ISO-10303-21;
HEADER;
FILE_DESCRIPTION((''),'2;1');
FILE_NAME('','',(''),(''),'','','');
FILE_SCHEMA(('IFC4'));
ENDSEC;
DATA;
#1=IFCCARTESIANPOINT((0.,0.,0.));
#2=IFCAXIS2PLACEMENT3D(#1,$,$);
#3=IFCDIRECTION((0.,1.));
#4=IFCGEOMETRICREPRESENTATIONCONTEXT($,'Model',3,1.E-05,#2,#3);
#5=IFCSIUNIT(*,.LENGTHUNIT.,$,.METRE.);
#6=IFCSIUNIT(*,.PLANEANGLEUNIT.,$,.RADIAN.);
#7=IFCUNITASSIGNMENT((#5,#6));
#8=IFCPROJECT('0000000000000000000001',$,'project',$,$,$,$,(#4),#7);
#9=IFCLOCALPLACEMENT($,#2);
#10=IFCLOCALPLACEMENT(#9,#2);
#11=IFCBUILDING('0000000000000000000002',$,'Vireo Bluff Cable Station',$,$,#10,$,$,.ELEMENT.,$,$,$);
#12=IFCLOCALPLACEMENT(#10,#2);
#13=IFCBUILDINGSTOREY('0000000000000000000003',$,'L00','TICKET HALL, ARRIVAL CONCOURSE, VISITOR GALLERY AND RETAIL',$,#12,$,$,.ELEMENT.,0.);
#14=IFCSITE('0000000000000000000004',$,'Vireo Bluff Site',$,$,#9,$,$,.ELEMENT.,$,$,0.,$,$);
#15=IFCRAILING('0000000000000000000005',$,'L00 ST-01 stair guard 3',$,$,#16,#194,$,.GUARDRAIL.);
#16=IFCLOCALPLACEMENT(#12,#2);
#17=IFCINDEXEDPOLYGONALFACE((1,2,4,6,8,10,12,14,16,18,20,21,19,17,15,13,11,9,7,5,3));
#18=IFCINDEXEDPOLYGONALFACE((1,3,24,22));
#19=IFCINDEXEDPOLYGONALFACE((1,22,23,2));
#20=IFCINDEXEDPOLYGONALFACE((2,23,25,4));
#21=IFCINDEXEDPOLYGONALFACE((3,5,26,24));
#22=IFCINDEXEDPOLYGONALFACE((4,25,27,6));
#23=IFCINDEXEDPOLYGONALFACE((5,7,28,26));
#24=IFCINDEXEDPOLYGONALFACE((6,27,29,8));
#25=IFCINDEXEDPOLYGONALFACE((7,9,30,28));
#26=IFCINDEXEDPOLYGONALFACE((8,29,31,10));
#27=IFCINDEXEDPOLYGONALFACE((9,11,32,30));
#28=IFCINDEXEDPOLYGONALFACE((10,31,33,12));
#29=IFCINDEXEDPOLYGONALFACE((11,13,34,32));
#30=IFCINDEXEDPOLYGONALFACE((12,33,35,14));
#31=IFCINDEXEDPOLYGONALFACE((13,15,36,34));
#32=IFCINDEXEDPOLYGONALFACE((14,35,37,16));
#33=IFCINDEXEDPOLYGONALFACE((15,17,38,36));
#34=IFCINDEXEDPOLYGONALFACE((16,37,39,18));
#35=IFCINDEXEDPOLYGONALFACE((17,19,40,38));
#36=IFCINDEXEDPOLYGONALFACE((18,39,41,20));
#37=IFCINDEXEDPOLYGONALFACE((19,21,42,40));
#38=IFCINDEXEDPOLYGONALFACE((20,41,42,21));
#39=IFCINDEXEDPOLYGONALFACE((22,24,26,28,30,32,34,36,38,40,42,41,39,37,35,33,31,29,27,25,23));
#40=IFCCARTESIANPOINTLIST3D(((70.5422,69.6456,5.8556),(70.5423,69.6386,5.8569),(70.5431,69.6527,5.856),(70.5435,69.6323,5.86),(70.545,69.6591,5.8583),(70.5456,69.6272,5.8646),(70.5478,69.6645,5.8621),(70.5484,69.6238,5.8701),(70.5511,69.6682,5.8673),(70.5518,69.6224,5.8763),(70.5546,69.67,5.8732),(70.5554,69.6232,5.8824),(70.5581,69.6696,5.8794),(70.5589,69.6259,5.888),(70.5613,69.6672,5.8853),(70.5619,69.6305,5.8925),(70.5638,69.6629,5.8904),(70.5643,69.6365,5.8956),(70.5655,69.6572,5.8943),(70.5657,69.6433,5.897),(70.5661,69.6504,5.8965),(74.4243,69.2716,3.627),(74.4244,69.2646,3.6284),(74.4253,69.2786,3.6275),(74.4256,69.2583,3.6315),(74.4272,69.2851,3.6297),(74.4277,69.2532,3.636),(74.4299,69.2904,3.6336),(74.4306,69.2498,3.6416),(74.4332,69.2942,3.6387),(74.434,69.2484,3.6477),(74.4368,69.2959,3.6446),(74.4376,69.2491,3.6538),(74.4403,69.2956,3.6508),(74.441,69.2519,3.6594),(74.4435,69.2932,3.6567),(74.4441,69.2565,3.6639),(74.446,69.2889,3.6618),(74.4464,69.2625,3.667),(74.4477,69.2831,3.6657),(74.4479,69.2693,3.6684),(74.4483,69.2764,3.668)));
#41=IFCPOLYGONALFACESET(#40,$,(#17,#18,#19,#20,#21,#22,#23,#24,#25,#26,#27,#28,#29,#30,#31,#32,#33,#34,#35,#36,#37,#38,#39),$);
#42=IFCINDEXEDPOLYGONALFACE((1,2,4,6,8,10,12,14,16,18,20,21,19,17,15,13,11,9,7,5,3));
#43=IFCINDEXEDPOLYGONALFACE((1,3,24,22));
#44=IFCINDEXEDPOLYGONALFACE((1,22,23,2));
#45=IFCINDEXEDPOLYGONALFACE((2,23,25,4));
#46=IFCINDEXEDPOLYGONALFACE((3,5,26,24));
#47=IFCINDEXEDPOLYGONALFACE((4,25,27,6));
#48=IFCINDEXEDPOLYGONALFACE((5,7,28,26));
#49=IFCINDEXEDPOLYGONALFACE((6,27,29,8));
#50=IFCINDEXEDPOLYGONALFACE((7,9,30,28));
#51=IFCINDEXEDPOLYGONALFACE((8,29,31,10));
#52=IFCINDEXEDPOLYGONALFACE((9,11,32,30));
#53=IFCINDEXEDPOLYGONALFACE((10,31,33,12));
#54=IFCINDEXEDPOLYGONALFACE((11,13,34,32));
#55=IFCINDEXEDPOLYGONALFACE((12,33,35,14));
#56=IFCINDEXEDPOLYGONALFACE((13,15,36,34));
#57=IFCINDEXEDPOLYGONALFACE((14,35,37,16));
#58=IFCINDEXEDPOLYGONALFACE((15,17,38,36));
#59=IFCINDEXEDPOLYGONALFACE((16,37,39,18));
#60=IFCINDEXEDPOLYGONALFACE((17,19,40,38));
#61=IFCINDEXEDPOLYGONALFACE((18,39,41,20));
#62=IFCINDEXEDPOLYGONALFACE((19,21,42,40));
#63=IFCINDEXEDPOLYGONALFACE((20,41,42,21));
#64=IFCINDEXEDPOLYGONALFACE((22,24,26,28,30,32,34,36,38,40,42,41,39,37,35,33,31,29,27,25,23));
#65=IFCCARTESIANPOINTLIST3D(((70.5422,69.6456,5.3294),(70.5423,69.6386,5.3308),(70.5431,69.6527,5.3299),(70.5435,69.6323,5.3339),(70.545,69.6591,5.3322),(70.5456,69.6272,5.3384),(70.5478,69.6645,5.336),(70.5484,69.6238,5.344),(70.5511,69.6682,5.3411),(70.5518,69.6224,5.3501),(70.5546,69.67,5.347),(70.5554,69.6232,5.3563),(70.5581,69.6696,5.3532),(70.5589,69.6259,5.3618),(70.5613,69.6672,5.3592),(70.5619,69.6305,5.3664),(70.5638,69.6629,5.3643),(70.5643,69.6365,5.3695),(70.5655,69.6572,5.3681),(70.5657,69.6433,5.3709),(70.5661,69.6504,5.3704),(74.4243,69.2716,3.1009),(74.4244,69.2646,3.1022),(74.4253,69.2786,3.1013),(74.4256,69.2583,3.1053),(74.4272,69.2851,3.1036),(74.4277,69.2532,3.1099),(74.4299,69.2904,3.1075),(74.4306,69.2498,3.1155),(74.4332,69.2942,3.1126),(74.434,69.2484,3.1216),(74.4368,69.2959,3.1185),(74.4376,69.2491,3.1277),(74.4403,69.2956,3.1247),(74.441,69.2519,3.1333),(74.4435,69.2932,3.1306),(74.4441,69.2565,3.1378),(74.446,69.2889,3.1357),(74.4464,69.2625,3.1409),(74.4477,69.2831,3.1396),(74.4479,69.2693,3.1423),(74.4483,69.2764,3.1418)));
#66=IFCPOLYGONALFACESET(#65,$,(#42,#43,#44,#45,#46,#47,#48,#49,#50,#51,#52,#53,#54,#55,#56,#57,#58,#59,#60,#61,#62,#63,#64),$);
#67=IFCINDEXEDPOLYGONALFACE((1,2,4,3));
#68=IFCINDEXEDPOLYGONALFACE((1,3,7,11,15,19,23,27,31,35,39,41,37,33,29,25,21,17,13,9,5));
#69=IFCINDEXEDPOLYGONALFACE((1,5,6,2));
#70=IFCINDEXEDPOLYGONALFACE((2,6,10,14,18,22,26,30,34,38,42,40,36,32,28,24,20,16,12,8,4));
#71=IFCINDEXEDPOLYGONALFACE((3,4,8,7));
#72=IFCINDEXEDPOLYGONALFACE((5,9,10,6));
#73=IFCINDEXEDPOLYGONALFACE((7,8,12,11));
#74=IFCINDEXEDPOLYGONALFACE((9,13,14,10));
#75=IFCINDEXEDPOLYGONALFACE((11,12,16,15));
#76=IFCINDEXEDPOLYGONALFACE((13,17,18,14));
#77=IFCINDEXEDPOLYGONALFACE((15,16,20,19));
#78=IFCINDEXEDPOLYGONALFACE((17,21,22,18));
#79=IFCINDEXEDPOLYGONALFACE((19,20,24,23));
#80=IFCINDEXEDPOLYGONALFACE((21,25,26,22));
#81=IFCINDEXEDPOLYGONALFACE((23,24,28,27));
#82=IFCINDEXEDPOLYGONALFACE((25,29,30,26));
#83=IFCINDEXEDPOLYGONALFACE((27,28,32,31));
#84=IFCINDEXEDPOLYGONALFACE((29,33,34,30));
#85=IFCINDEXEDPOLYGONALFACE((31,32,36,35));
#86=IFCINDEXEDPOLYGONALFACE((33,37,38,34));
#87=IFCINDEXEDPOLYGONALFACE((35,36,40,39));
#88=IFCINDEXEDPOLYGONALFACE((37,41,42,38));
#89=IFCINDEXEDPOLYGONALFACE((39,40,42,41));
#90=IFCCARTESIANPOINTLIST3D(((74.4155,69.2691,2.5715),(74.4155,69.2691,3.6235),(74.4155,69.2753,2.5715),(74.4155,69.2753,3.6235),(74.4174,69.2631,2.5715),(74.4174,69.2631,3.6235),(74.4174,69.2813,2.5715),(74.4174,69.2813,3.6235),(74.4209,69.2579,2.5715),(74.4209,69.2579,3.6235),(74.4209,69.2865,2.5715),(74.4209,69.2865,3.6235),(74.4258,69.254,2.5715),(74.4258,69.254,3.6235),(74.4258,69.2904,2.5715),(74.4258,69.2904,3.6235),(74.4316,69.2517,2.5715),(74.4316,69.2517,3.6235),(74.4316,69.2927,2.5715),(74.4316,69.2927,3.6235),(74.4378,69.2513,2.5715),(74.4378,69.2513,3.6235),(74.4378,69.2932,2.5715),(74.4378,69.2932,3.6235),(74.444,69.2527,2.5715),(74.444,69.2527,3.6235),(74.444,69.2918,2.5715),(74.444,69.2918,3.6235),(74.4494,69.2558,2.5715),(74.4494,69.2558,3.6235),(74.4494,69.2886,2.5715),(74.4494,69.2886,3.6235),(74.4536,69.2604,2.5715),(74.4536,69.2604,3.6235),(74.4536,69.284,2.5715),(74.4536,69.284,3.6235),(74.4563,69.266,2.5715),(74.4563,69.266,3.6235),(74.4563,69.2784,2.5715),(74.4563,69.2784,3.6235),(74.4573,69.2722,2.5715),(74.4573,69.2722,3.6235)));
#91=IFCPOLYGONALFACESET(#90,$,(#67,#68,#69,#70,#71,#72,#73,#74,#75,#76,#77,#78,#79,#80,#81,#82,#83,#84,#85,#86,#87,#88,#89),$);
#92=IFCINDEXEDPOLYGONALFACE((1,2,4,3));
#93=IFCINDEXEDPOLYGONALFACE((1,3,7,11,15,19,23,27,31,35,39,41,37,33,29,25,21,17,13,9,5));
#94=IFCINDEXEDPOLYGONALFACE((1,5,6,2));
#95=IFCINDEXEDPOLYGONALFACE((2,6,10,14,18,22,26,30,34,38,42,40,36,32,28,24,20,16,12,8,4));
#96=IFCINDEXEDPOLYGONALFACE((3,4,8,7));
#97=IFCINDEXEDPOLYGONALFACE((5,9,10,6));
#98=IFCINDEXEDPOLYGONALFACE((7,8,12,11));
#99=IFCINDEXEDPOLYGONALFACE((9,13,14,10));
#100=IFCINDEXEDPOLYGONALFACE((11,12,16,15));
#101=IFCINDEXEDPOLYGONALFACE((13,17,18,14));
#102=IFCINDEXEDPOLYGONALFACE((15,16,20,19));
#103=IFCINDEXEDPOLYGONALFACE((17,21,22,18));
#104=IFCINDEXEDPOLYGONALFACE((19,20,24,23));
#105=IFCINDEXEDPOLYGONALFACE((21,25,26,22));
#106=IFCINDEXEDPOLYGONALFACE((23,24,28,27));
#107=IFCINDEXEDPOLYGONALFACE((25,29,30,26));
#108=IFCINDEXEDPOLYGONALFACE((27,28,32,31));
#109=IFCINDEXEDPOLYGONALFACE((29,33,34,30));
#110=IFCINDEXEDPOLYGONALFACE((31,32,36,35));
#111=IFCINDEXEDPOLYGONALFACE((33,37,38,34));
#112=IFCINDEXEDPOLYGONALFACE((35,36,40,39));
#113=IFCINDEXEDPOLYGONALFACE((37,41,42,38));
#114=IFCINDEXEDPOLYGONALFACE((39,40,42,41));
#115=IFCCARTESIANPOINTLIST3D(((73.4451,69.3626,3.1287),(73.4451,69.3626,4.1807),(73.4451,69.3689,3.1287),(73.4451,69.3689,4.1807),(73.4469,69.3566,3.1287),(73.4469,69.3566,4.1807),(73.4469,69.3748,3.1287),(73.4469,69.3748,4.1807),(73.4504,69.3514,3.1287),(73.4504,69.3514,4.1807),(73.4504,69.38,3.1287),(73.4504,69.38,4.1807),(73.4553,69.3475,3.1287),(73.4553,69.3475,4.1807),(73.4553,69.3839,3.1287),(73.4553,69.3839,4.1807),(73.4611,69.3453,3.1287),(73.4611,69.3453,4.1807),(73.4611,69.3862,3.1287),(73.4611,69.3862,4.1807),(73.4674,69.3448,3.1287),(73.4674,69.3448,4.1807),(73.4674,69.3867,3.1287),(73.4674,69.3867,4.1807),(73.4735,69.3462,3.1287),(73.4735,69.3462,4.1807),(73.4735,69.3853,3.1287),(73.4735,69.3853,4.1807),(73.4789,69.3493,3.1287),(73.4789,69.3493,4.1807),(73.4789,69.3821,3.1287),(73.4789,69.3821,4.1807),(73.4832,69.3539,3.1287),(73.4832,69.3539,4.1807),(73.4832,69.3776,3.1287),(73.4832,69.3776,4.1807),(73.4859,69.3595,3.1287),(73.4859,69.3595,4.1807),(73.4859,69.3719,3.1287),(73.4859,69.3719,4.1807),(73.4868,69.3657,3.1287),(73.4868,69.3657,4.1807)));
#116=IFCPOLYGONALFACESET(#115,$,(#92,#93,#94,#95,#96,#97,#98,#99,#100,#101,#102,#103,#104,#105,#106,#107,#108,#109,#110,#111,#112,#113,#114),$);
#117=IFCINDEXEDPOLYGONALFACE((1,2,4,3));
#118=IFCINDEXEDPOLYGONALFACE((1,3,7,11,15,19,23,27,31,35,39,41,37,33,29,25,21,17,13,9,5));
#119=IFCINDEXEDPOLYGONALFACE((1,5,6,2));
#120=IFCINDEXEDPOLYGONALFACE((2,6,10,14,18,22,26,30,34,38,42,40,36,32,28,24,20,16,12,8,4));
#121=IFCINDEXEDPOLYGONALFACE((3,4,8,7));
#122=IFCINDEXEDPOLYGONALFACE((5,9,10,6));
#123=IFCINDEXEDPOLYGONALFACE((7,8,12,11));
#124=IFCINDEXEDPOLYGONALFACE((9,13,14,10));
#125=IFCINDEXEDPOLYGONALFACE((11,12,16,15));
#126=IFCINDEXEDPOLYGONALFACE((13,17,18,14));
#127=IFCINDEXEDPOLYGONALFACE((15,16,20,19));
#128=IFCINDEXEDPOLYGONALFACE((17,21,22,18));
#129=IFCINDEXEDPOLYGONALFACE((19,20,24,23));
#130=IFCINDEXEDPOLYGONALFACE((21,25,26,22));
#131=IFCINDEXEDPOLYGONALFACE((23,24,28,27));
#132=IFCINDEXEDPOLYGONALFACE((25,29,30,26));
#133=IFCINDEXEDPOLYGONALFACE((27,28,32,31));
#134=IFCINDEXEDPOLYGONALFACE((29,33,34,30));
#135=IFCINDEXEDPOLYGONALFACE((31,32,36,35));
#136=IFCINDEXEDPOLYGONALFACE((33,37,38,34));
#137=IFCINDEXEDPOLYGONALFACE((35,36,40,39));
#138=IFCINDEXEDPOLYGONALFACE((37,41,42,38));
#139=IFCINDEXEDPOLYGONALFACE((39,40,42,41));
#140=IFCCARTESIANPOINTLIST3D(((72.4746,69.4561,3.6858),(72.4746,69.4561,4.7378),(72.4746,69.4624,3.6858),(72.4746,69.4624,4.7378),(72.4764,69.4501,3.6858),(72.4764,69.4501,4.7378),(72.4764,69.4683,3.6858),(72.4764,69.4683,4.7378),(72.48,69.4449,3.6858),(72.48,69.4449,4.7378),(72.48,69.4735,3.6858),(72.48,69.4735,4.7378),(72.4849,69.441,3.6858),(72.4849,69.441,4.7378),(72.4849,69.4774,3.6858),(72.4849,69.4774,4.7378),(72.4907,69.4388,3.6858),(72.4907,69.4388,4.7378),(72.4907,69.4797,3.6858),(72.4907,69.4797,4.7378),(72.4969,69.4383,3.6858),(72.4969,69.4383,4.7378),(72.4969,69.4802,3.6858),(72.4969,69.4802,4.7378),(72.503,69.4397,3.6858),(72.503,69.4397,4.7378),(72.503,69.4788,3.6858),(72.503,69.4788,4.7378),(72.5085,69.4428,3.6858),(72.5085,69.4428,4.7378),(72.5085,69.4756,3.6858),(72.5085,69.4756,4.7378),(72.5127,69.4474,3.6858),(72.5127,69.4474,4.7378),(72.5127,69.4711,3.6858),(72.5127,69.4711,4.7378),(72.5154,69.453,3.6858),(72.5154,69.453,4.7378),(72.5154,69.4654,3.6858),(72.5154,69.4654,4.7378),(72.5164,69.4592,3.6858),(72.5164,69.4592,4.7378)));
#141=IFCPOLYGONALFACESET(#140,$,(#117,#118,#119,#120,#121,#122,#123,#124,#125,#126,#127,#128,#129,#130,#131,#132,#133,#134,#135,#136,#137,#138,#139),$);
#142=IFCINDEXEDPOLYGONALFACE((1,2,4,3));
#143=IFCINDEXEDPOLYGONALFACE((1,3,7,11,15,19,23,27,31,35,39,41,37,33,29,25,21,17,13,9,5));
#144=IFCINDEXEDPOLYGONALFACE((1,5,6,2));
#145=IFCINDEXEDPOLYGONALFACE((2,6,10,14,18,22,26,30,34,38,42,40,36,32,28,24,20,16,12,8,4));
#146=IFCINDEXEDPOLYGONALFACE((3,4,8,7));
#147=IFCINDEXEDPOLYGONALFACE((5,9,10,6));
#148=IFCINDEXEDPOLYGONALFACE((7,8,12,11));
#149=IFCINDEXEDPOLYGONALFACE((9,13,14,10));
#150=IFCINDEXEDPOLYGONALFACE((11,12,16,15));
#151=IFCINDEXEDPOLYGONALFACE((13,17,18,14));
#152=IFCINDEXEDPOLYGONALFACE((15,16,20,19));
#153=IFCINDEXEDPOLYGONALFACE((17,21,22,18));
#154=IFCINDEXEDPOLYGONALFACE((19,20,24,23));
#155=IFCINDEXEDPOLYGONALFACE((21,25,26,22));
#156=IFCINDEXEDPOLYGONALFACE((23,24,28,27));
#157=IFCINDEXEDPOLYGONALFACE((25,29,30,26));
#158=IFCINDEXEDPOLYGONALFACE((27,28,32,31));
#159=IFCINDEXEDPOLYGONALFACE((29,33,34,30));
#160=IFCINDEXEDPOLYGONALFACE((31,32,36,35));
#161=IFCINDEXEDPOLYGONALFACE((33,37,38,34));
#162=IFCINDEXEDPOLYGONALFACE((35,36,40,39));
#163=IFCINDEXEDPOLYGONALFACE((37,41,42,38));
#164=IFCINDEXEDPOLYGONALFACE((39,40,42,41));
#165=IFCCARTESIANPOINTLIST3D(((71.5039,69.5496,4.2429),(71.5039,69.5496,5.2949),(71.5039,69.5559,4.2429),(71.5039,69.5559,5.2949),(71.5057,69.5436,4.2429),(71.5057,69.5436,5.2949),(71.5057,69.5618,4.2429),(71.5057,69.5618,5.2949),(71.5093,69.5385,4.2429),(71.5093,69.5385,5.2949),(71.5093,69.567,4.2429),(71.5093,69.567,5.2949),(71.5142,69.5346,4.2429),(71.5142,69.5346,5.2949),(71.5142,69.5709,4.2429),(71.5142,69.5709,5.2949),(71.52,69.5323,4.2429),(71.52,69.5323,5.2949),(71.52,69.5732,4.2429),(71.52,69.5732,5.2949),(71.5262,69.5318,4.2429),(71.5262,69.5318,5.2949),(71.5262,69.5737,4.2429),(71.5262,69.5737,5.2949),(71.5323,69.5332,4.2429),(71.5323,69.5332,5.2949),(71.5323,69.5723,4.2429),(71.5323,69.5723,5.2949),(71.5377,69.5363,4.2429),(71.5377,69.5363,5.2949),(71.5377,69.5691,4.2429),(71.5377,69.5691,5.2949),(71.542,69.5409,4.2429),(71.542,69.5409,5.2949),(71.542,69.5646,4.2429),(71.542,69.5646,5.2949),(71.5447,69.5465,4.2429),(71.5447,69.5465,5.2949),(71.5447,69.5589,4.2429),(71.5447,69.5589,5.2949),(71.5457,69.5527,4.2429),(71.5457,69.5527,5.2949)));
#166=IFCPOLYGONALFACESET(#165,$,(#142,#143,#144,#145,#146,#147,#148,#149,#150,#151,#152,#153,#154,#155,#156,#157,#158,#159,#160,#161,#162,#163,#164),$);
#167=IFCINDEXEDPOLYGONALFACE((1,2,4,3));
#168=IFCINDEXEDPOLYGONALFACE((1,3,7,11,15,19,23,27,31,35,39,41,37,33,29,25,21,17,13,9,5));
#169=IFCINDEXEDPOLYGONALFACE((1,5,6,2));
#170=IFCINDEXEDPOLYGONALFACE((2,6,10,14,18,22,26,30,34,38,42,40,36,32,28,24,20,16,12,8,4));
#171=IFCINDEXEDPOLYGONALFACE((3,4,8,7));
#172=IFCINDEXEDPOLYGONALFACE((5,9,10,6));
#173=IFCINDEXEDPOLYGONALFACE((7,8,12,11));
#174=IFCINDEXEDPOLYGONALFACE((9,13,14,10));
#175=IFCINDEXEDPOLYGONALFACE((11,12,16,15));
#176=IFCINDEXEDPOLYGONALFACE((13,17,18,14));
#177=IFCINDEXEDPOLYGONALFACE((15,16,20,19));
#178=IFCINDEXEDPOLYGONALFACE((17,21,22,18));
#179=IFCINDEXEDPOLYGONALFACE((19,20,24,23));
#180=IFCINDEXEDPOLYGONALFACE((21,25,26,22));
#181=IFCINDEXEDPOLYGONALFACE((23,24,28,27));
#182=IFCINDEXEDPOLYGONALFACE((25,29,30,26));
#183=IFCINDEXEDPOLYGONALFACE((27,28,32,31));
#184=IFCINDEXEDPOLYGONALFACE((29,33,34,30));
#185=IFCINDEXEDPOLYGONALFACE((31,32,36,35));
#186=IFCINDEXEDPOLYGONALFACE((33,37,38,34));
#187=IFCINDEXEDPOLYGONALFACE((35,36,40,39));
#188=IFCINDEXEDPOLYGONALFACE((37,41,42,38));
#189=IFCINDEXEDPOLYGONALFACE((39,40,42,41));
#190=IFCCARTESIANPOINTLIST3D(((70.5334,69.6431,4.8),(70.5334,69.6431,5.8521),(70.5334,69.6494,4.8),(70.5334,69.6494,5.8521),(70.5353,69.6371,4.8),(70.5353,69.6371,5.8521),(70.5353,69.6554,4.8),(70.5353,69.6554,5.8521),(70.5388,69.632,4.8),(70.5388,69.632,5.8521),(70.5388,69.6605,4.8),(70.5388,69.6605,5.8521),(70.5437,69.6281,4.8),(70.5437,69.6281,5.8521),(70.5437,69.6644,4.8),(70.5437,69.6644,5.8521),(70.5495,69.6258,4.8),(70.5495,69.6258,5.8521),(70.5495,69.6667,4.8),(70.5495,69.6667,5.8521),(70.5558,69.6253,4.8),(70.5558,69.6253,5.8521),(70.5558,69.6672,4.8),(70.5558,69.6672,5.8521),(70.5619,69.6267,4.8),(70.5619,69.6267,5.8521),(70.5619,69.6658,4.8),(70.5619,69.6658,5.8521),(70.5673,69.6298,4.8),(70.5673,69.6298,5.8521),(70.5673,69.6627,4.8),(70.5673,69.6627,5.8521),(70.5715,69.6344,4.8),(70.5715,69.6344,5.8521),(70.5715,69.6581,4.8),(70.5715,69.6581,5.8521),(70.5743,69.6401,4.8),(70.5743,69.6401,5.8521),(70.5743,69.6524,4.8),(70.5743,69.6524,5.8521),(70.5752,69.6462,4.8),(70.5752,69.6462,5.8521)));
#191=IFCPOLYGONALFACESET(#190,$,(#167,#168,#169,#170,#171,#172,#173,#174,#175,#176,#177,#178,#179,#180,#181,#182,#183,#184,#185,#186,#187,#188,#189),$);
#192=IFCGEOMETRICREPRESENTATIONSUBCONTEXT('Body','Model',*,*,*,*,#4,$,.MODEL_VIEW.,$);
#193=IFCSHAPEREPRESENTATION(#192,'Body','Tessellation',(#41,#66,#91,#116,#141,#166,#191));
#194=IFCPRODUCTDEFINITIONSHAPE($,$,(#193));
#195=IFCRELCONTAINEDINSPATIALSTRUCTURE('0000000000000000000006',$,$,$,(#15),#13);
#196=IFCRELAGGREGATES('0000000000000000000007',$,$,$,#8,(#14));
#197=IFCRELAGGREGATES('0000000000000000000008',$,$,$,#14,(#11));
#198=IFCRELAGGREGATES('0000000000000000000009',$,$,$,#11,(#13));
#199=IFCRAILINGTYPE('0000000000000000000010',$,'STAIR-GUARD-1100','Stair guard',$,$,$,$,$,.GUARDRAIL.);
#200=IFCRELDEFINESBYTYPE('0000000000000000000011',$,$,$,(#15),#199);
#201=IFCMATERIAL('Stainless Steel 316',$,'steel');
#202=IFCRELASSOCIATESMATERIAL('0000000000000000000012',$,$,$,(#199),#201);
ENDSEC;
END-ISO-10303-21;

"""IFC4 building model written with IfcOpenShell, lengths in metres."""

from ifc_helpers import new_model, si_unit, direction, frame, origin, origin_2d, place, context, subcontext, project, spatial, circle, extrude, material, type_object, element, save


model = new_model("IFC4")

# Units and contexts
model_context = context("Model", 3, precision=1e-05, world=origin(), true_north=direction((0.0, 1.0)))
body_context = subcontext(model_context, "Body", "Model", "MODEL_VIEW")
ifc_project = project(units=[si_unit("LENGTHUNIT", "METRE"), si_unit("PLANEANGLEUNIT", "RADIAN")], contexts=[model_context])

# Site, building, storey
site_placement = place(None, origin())
site = spatial("IfcSite", under=ifc_project, at=site_placement, Name="Vireo Bluff Site", CompositionType="ELEMENT", RefElevation=0.0)
building_placement = place(site_placement, origin())
building = spatial("IfcBuilding", under=site, at=building_placement, Name="Vireo Bluff Cable Station", CompositionType="ELEMENT")
storey_placement = place(building_placement, origin())
storey = spatial("IfcBuildingStorey", under=building, at=storey_placement, Name="L00", Description="TICKET HALL, ARRIVAL CONCOURSE, VISITOR GALLERY AND RETAIL", CompositionType="ELEMENT", Elevation=0.0)

# Shared definitions
ifc_material_1 = material(Name="Stainless Steel 316", Category="steel")

# Railing
railing_type_1 = type_object("IfcRailingType", Name="STAIR-GUARD-1100", Description="Stair guard", PredefinedType="GUARDRAIL", material=ifc_material_1)
railing_1_placement = place(storey_placement, frame((74.4363, 69.2722, 2.5715)))
element("IfcRailing", 1, at=railing_1_placement, inside=storey, type_object=railing_type_1, Name="L00 ST-01 stair guard 3", PredefinedType="GUARDRAIL", context=body_context, shape_type="SweptSolid", body=[
    extrude(circle(Radius=0.0239, at=origin_2d()), frame((0.0, 0.0, 1.0762), z_axis=(-0.86425, 0.083267, 0.496124), x_axis=(-0.095902, -0.995391, 0.0)), (0.0, 0.0, 1.0), 4.4919),
    extrude(circle(Radius=0.0239, at=origin_2d()), frame((0.0, 0.0, 0.55), z_axis=(-0.86425, 0.083267, 0.496124), x_axis=(-0.095902, -0.995391, 0.0)), (0.0, 0.0, 1.0), 4.4919),
    extrude(circle(Radius=0.021, at=origin_2d()), origin(), (0.0, 0.0, 1.0), 1.052),
    extrude(circle(Radius=0.021, at=origin_2d()), frame((-0.9705, 0.0935, 0.5571)), (0.0, 0.0, 1.0), 1.052),
    extrude(circle(Radius=0.021, at=origin_2d()), frame((-1.9409, 0.187, 1.1143)), (0.0, 0.0, 1.0), 1.052),
    extrude(circle(Radius=0.021, at=origin_2d()), frame((-2.9116, 0.2805, 1.6714)), (0.0, 0.0, 1.0), 1.052),
    extrude(circle(Radius=0.021, at=origin_2d()), frame((-3.8821, 0.374, 2.2285)), (0.0, 0.0, 1.0), 1.052),
])

save(model, "model.ifc")
